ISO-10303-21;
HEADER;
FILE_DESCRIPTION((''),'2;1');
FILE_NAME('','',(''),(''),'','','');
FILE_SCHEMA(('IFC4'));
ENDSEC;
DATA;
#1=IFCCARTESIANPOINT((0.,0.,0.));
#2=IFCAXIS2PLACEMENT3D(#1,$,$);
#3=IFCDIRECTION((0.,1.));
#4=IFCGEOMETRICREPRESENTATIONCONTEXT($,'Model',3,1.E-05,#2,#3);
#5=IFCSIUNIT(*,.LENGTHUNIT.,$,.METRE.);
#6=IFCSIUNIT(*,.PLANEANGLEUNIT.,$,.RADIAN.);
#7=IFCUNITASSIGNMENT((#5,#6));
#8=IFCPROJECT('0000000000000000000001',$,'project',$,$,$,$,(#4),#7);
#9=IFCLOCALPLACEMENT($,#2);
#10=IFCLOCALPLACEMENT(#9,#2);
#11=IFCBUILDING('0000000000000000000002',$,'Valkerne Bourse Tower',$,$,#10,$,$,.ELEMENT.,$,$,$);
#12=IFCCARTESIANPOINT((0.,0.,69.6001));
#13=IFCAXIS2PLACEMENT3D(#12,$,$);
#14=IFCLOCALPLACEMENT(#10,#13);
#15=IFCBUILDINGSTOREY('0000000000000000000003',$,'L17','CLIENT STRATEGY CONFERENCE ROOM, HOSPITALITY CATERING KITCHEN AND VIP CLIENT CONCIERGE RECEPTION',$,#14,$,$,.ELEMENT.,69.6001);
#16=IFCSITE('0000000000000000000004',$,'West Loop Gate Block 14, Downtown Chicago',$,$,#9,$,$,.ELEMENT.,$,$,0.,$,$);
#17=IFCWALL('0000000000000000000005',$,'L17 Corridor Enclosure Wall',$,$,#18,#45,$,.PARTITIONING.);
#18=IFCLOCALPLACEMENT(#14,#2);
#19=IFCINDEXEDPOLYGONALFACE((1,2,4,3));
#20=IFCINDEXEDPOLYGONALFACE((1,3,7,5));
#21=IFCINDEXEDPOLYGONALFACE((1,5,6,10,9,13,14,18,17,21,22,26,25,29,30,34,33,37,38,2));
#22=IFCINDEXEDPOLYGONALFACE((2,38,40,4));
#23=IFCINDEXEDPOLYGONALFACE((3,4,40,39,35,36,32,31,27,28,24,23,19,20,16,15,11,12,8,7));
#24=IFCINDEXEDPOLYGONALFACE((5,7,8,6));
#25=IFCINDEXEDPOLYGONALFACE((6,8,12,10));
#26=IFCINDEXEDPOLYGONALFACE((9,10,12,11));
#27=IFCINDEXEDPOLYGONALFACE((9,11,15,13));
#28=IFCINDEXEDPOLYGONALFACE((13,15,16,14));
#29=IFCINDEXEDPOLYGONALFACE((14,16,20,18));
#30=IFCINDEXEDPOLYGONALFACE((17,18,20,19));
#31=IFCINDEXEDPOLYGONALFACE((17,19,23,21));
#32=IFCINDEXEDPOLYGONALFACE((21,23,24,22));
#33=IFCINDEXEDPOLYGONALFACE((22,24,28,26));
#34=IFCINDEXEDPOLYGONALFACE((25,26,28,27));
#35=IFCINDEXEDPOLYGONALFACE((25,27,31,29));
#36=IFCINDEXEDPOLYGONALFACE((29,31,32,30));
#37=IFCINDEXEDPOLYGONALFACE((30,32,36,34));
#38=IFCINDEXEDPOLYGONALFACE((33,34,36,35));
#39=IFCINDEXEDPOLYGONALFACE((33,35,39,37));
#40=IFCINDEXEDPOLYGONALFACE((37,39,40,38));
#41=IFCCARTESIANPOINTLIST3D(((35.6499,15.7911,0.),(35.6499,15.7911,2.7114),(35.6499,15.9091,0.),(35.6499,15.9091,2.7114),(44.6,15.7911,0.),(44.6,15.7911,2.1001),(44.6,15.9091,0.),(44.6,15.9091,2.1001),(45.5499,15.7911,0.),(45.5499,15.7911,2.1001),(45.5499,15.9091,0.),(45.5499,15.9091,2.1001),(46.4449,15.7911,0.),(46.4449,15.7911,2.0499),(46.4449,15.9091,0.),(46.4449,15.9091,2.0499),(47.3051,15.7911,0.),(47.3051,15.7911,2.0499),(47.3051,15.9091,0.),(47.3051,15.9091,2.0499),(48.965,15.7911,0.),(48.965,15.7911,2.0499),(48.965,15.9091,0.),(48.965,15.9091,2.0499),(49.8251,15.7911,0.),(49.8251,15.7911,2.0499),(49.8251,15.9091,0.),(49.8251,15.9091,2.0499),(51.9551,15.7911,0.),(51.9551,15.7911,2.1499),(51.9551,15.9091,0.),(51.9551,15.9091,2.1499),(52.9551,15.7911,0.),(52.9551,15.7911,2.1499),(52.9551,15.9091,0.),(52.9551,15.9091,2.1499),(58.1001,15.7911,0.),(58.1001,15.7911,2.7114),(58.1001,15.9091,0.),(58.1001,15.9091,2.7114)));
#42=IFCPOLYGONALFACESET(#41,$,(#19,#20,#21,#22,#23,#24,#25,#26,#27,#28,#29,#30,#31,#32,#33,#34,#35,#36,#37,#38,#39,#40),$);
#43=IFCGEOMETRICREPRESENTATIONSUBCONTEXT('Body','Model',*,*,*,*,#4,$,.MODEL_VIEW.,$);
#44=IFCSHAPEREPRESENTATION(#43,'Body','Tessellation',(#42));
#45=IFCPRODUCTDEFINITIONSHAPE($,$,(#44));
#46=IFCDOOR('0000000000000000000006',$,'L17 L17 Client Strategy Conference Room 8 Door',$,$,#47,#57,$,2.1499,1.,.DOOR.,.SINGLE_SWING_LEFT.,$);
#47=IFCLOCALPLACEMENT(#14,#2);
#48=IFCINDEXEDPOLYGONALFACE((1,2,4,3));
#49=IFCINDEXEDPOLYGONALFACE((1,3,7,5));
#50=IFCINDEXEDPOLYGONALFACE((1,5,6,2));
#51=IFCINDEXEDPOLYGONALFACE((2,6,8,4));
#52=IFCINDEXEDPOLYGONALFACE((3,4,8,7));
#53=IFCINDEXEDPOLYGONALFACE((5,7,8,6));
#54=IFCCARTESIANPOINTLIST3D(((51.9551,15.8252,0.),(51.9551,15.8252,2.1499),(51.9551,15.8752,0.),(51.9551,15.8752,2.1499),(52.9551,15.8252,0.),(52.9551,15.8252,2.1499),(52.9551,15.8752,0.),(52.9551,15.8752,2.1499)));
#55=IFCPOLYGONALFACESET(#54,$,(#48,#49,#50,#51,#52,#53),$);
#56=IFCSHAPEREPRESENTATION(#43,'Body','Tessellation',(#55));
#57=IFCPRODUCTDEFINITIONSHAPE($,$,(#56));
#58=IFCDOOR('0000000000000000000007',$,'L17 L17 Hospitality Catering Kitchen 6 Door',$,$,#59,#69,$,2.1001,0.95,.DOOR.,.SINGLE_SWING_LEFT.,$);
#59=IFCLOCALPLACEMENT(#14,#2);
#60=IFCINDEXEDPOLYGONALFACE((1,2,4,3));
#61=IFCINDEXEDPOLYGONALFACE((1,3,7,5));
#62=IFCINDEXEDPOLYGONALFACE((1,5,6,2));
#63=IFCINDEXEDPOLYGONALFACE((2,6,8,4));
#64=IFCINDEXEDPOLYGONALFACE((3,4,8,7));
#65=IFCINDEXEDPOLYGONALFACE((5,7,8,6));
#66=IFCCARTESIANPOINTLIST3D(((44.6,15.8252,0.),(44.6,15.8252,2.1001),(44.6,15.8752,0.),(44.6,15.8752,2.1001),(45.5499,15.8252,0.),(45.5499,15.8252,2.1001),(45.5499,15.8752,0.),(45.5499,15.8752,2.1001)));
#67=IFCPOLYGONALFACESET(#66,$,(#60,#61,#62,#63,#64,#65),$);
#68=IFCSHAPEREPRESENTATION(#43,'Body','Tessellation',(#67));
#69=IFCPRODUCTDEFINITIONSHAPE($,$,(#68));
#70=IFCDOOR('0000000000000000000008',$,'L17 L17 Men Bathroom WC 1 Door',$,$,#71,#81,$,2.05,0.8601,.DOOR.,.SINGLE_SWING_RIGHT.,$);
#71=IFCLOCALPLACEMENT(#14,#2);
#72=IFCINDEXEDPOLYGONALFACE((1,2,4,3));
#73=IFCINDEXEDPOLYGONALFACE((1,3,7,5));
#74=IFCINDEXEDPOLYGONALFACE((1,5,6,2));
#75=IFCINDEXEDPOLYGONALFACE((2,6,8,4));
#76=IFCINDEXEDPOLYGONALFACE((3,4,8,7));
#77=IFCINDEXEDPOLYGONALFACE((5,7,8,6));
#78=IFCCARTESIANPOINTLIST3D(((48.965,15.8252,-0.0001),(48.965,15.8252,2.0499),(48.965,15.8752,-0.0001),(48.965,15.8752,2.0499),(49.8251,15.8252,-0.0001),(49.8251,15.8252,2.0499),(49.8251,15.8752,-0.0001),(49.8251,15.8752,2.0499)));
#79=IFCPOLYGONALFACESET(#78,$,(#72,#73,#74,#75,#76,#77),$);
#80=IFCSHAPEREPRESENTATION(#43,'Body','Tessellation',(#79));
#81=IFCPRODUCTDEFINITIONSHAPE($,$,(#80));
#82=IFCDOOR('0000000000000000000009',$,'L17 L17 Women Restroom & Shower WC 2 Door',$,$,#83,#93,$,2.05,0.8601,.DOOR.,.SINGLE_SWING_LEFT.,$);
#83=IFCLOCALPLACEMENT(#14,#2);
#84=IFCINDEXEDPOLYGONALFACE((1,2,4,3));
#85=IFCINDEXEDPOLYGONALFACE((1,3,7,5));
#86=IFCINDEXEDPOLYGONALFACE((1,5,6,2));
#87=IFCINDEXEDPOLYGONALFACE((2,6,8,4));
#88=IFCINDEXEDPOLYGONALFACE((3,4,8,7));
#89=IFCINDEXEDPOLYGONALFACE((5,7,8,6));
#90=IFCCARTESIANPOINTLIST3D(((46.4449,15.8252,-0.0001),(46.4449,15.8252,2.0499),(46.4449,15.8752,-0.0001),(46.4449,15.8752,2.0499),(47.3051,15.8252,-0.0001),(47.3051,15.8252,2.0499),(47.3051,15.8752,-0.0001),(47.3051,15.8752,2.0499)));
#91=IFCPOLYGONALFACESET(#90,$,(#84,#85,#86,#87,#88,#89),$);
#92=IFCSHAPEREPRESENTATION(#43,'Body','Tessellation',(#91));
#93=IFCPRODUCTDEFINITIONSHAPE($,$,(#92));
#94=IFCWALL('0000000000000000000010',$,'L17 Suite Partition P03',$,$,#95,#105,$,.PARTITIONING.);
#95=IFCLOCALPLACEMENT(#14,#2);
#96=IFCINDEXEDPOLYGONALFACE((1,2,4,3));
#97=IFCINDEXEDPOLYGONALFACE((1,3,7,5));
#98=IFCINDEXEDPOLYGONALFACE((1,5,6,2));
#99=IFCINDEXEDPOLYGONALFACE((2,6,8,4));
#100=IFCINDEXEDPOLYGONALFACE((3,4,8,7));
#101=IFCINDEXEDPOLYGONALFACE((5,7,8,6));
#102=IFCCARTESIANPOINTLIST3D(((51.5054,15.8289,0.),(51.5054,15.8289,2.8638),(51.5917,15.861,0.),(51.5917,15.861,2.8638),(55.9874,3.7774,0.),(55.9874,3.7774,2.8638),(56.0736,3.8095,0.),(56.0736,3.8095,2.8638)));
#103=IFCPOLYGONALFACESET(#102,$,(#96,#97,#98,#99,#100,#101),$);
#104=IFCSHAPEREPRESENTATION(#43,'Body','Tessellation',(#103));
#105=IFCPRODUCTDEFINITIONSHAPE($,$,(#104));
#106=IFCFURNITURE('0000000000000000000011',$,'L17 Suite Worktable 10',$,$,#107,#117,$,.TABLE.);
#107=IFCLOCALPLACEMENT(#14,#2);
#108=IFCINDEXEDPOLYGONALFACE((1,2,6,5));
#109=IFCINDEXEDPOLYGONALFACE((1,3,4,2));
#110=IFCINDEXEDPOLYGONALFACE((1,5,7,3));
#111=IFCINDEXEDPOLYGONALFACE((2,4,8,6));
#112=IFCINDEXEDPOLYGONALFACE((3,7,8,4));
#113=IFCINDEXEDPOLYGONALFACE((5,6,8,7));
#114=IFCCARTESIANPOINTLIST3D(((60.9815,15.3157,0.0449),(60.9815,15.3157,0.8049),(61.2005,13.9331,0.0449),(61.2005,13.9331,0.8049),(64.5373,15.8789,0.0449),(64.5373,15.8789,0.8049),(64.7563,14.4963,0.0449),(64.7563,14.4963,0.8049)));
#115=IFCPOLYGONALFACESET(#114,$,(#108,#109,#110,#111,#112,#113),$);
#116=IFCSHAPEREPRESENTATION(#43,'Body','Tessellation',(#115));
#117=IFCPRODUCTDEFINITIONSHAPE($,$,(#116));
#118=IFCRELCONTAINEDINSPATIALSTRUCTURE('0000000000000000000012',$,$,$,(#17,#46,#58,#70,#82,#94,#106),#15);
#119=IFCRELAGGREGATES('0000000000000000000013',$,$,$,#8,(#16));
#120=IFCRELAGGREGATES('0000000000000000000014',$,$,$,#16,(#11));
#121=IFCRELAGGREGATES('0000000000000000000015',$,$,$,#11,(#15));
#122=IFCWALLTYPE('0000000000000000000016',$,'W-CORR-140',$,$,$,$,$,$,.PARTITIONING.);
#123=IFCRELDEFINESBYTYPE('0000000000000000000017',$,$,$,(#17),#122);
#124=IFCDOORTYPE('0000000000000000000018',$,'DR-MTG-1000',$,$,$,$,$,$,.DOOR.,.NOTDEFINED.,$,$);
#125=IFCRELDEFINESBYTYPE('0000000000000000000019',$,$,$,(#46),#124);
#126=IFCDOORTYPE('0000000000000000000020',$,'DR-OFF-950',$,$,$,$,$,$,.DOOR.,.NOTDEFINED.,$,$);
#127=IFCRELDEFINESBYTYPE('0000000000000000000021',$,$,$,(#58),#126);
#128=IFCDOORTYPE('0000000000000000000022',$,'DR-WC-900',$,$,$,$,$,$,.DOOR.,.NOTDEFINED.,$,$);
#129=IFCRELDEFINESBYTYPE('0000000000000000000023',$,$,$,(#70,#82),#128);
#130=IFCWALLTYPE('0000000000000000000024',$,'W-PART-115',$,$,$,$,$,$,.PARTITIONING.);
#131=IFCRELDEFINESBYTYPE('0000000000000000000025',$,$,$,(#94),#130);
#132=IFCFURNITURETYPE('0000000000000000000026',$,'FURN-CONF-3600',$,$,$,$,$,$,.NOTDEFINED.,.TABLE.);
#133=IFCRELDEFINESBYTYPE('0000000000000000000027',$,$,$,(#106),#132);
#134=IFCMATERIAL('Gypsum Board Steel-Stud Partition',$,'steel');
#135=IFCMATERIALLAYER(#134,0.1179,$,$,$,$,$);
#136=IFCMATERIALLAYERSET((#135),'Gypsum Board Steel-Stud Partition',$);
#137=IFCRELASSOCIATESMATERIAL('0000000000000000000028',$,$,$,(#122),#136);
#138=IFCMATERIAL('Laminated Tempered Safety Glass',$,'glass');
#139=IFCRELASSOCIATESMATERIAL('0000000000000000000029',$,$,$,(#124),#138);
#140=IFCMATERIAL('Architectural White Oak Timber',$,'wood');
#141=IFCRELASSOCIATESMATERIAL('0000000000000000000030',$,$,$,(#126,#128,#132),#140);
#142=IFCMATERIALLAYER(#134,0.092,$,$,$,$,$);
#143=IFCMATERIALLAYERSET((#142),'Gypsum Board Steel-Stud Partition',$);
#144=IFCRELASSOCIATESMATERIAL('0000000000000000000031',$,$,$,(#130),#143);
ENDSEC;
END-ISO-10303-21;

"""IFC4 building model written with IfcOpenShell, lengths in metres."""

from ifc_helpers import new_model, si_unit, direction, frame, frame_2d, origin, origin_2d, place, context, subcontext, project, spatial, rectangle, extrude, material, layer, layer_set, type_object, element, fill, save


model = new_model("IFC4")

# Units and contexts
model_context = context("Model", 3, precision=1e-05, world=origin(), true_north=direction((0.0, 1.0)))
body_context = subcontext(model_context, "Body", "Model", "MODEL_VIEW")
ifc_project = project(units=[si_unit("LENGTHUNIT", "METRE"), si_unit("PLANEANGLEUNIT", "RADIAN")], contexts=[model_context])

# Site, building, storey
site_placement = place(None, origin())
site = spatial("IfcSite", under=ifc_project, at=site_placement, Name="West Loop Gate Block 14, Downtown Chicago", CompositionType="ELEMENT", RefElevation=0.0)
building_placement = place(site_placement, origin())
building = spatial("IfcBuilding", under=site, at=building_placement, Name="Valkerne Bourse Tower", CompositionType="ELEMENT")
storey_placement = place(building_placement, frame((0.0, 0.0, 69.6001)))
storey = spatial("IfcBuildingStorey", under=building, at=storey_placement, Name="L17", Description="CLIENT STRATEGY CONFERENCE ROOM, HOSPITALITY CATERING KITCHEN AND VIP CLIENT CONCIERGE RECEPTION", CompositionType="ELEMENT", Elevation=69.6001)

# Wall, openings, doors
ifc_material_1 = material(Name="Gypsum Board Steel-Stud Partition", Category="steel")
ifc_layer_1 = layer(ifc_material_1, 0.1179)
ifc_layer_set_1 = layer_set([ifc_layer_1], Name="Gypsum Board Steel-Stud Partition")
wall_type_1 = type_object("IfcWallType", Name="W-CORR-140", PredefinedType="PARTITIONING", material=ifc_layer_set_1)
wall_1_placement = place(storey_placement, frame((58.1001, 15.8501, 0.0), z_axis=(0.0, 0.0, 1.0), x_axis=(-1.0, 0.0, 0.0)))
wall_1 = element("IfcWall", 1, at=wall_1_placement, inside=storey, type_object=wall_type_1, Name="L17 Corridor Enclosure Wall", PredefinedType="PARTITIONING", context=body_context, shape_type="SweptSolid", body=[
    extrude(rectangle(XDim=22.4502, YDim=0.1179, at=frame_2d((11.2251, 0.0))), origin(), (0.0, 0.0, 1.0), 2.7114),
])
opening_1_placement = place(wall_1_placement, frame((8.2749, 0.0, 0.0)))
opening_1 = element("IfcOpeningElement", 2, at=opening_1_placement, cuts=wall_1, PredefinedType="OPENING", context=body_context, shape_type="SweptSolid", body=[
    extrude(rectangle(XDim=0.8601, YDim=2.05, at=frame_2d((0.4302, 1.0249))), frame((0.0, 0.0688, 0.0), z_axis=(0.0, -1.0, 0.0), x_axis=(1.0, 0.0, 0.0)), (0.0, 0.0, 1.0), 0.1379),
])
opening_2_placement = place(wall_1_placement, frame((10.7949, 0.0, 0.0)))
opening_2 = element("IfcOpeningElement", 3, at=opening_2_placement, cuts=wall_1, PredefinedType="OPENING", context=body_context, shape_type="SweptSolid", body=[
    extrude(rectangle(XDim=0.8601, YDim=2.05, at=frame_2d((0.4302, 1.0249))), frame((0.0, 0.0688, 0.0), z_axis=(0.0, -1.0, 0.0), x_axis=(1.0, 0.0, 0.0)), (0.0, 0.0, 1.0), 0.1379),
])
opening_3_placement = place(wall_1_placement, frame((12.55, 0.0, 0.0)))
opening_3 = element("IfcOpeningElement", 4, at=opening_3_placement, cuts=wall_1, PredefinedType="OPENING", context=body_context, shape_type="SweptSolid", body=[
    extrude(rectangle(XDim=0.95, YDim=2.1001, at=frame_2d((0.4751, 1.05))), frame((0.0, 0.0688, 0.0), z_axis=(0.0, -1.0, 0.0), x_axis=(1.0, 0.0, 0.0)), (0.0, 0.0, 1.0), 0.1379),
])
opening_4_placement = place(wall_1_placement, frame((5.145, 0.0, 0.0)))
opening_4 = element("IfcOpeningElement", 5, at=opening_4_placement, cuts=wall_1, PredefinedType="OPENING", context=body_context, shape_type="SweptSolid", body=[
    extrude(rectangle(XDim=1.0, YDim=2.1499, at=frame_2d((0.5, 1.075))), frame((0.0, 0.0688, 0.0), z_axis=(0.0, -1.0, 0.0), x_axis=(1.0, 0.0, 0.0)), (0.0, 0.0, 1.0), 0.1379),
])
ifc_material_2 = material(Name="Laminated Tempered Safety Glass", Category="glass")
door_type_1 = type_object("IfcDoorType", Name="DR-MTG-1000", OperationType="NOTDEFINED", PredefinedType="DOOR", material=ifc_material_2)
door_1_placement = place(opening_4_placement, origin())
door_1 = element("IfcDoor", 6, at=door_1_placement, inside=storey, type_object=door_type_1, Name="L17 L17 Client Strategy Conference Room 8 Door", OperationType="SINGLE_SWING_LEFT", OverallHeight=2.1499, OverallWidth=1.0, PredefinedType="DOOR", context=body_context, shape_type="SweptSolid", body=[
    extrude(rectangle(XDim=1.0, YDim=2.1499, at=frame_2d((0.5, 1.075))), frame((0.0, 0.0249, 0.0), z_axis=(0.0, -1.0, 0.0), x_axis=(1.0, 0.0, 0.0)), (0.0, 0.0, 1.0), 0.05),
])
fill(opening_4, door_1)
ifc_material_3 = material(Name="Architectural White Oak Timber", Category="wood")
door_type_2 = type_object("IfcDoorType", Name="DR-OFF-950", OperationType="NOTDEFINED", PredefinedType="DOOR", material=ifc_material_3)
door_2_placement = place(opening_3_placement, origin())
door_2 = element("IfcDoor", 7, at=door_2_placement, inside=storey, type_object=door_type_2, Name="L17 L17 Hospitality Catering Kitchen 6 Door", OperationType="SINGLE_SWING_LEFT", OverallHeight=2.1001, OverallWidth=0.95, PredefinedType="DOOR", context=body_context, shape_type="SweptSolid", body=[
    extrude(rectangle(XDim=0.95, YDim=2.1001, at=frame_2d((0.4751, 1.05))), frame((0.0, 0.0249, 0.0), z_axis=(0.0, -1.0, 0.0), x_axis=(1.0, 0.0, 0.0)), (0.0, 0.0, 1.0), 0.05),
])
fill(opening_3, door_2)
door_type_3 = type_object("IfcDoorType", Name="DR-WC-900", OperationType="NOTDEFINED", PredefinedType="DOOR", material=ifc_material_3)
door_3_placement = place(opening_1_placement, origin())
door_3 = element("IfcDoor", 8, at=door_3_placement, inside=storey, type_object=door_type_3, Name="L17 L17 Men Bathroom WC 1 Door", OperationType="SINGLE_SWING_RIGHT", OverallHeight=2.05, OverallWidth=0.8601, PredefinedType="DOOR", context=body_context, shape_type="SweptSolid", body=[
    extrude(rectangle(XDim=0.8601, YDim=2.05, at=frame_2d((0.4302, 1.0249))), frame((0.0, 0.0249, 0.0), z_axis=(0.0, -1.0, 0.0), x_axis=(1.0, 0.0, 0.0)), (0.0, 0.0, 1.0), 0.05),
])
fill(opening_1, door_3)
door_4_placement = place(opening_2_placement, origin())
door_4 = element("IfcDoor", 9, at=door_4_placement, inside=storey, type_object=door_type_3, Name="L17 L17 Women Restroom & Shower WC 2 Door", OperationType="SINGLE_SWING_LEFT", OverallHeight=2.05, OverallWidth=0.8601, PredefinedType="DOOR", context=body_context, shape_type="SweptSolid", body=[
    extrude(rectangle(XDim=0.8601, YDim=2.05, at=frame_2d((0.4302, 1.0249))), frame((0.0, 0.0249, 0.0), z_axis=(0.0, -1.0, 0.0), x_axis=(1.0, 0.0, 0.0)), (0.0, 0.0, 1.0), 0.05),
])
fill(opening_2, door_4)

# Wall
ifc_layer_2 = layer(ifc_material_1, 0.092)
ifc_layer_set_2 = layer_set([ifc_layer_2], Name="Gypsum Board Steel-Stud Partition")
wall_type_2 = type_object("IfcWallType", Name="W-PART-115", PredefinedType="PARTITIONING", material=ifc_layer_set_2)
wall_2_placement = place(storey_placement, frame((51.5486, 15.845, 0.0), z_axis=(0.0, 0.0, 1.0), x_axis=(0.348573, -0.937282, 0.0)))
element("IfcWall", 10, at=wall_2_placement, inside=storey, type_object=wall_type_2, Name="L17 Suite Partition P03", PredefinedType="PARTITIONING", context=body_context, shape_type="SweptSolid", body=[
    extrude(rectangle(XDim=12.8579, YDim=0.092, at=frame_2d((6.429, 0.0))), origin(), (0.0, 0.0, 1.0), 2.8638),
])

# Furniture
furniture_type = type_object("IfcFurnitureType", Name="FURN-CONF-3600", AssemblyPlace="NOTDEFINED", PredefinedType="TABLE", material=ifc_material_3)
furniture_placement = place(storey_placement, frame((62.8689, 14.906, 0.0449), z_axis=(0.0, 0.0, 1.0), x_axis=(0.987688, 0.156434, 0.0)))
element("IfcFurniture", 11, at=furniture_placement, inside=storey, type_object=furniture_type, Name="L17 Suite Worktable 10", PredefinedType="TABLE", context=body_context, shape_type="SweptSolid", body=[
    extrude(rectangle(XDim=3.6001, YDim=1.3999, at=origin_2d()), origin(), (0.0, 0.0, 1.0), 0.76),
])

save(model, "model.ifc")
